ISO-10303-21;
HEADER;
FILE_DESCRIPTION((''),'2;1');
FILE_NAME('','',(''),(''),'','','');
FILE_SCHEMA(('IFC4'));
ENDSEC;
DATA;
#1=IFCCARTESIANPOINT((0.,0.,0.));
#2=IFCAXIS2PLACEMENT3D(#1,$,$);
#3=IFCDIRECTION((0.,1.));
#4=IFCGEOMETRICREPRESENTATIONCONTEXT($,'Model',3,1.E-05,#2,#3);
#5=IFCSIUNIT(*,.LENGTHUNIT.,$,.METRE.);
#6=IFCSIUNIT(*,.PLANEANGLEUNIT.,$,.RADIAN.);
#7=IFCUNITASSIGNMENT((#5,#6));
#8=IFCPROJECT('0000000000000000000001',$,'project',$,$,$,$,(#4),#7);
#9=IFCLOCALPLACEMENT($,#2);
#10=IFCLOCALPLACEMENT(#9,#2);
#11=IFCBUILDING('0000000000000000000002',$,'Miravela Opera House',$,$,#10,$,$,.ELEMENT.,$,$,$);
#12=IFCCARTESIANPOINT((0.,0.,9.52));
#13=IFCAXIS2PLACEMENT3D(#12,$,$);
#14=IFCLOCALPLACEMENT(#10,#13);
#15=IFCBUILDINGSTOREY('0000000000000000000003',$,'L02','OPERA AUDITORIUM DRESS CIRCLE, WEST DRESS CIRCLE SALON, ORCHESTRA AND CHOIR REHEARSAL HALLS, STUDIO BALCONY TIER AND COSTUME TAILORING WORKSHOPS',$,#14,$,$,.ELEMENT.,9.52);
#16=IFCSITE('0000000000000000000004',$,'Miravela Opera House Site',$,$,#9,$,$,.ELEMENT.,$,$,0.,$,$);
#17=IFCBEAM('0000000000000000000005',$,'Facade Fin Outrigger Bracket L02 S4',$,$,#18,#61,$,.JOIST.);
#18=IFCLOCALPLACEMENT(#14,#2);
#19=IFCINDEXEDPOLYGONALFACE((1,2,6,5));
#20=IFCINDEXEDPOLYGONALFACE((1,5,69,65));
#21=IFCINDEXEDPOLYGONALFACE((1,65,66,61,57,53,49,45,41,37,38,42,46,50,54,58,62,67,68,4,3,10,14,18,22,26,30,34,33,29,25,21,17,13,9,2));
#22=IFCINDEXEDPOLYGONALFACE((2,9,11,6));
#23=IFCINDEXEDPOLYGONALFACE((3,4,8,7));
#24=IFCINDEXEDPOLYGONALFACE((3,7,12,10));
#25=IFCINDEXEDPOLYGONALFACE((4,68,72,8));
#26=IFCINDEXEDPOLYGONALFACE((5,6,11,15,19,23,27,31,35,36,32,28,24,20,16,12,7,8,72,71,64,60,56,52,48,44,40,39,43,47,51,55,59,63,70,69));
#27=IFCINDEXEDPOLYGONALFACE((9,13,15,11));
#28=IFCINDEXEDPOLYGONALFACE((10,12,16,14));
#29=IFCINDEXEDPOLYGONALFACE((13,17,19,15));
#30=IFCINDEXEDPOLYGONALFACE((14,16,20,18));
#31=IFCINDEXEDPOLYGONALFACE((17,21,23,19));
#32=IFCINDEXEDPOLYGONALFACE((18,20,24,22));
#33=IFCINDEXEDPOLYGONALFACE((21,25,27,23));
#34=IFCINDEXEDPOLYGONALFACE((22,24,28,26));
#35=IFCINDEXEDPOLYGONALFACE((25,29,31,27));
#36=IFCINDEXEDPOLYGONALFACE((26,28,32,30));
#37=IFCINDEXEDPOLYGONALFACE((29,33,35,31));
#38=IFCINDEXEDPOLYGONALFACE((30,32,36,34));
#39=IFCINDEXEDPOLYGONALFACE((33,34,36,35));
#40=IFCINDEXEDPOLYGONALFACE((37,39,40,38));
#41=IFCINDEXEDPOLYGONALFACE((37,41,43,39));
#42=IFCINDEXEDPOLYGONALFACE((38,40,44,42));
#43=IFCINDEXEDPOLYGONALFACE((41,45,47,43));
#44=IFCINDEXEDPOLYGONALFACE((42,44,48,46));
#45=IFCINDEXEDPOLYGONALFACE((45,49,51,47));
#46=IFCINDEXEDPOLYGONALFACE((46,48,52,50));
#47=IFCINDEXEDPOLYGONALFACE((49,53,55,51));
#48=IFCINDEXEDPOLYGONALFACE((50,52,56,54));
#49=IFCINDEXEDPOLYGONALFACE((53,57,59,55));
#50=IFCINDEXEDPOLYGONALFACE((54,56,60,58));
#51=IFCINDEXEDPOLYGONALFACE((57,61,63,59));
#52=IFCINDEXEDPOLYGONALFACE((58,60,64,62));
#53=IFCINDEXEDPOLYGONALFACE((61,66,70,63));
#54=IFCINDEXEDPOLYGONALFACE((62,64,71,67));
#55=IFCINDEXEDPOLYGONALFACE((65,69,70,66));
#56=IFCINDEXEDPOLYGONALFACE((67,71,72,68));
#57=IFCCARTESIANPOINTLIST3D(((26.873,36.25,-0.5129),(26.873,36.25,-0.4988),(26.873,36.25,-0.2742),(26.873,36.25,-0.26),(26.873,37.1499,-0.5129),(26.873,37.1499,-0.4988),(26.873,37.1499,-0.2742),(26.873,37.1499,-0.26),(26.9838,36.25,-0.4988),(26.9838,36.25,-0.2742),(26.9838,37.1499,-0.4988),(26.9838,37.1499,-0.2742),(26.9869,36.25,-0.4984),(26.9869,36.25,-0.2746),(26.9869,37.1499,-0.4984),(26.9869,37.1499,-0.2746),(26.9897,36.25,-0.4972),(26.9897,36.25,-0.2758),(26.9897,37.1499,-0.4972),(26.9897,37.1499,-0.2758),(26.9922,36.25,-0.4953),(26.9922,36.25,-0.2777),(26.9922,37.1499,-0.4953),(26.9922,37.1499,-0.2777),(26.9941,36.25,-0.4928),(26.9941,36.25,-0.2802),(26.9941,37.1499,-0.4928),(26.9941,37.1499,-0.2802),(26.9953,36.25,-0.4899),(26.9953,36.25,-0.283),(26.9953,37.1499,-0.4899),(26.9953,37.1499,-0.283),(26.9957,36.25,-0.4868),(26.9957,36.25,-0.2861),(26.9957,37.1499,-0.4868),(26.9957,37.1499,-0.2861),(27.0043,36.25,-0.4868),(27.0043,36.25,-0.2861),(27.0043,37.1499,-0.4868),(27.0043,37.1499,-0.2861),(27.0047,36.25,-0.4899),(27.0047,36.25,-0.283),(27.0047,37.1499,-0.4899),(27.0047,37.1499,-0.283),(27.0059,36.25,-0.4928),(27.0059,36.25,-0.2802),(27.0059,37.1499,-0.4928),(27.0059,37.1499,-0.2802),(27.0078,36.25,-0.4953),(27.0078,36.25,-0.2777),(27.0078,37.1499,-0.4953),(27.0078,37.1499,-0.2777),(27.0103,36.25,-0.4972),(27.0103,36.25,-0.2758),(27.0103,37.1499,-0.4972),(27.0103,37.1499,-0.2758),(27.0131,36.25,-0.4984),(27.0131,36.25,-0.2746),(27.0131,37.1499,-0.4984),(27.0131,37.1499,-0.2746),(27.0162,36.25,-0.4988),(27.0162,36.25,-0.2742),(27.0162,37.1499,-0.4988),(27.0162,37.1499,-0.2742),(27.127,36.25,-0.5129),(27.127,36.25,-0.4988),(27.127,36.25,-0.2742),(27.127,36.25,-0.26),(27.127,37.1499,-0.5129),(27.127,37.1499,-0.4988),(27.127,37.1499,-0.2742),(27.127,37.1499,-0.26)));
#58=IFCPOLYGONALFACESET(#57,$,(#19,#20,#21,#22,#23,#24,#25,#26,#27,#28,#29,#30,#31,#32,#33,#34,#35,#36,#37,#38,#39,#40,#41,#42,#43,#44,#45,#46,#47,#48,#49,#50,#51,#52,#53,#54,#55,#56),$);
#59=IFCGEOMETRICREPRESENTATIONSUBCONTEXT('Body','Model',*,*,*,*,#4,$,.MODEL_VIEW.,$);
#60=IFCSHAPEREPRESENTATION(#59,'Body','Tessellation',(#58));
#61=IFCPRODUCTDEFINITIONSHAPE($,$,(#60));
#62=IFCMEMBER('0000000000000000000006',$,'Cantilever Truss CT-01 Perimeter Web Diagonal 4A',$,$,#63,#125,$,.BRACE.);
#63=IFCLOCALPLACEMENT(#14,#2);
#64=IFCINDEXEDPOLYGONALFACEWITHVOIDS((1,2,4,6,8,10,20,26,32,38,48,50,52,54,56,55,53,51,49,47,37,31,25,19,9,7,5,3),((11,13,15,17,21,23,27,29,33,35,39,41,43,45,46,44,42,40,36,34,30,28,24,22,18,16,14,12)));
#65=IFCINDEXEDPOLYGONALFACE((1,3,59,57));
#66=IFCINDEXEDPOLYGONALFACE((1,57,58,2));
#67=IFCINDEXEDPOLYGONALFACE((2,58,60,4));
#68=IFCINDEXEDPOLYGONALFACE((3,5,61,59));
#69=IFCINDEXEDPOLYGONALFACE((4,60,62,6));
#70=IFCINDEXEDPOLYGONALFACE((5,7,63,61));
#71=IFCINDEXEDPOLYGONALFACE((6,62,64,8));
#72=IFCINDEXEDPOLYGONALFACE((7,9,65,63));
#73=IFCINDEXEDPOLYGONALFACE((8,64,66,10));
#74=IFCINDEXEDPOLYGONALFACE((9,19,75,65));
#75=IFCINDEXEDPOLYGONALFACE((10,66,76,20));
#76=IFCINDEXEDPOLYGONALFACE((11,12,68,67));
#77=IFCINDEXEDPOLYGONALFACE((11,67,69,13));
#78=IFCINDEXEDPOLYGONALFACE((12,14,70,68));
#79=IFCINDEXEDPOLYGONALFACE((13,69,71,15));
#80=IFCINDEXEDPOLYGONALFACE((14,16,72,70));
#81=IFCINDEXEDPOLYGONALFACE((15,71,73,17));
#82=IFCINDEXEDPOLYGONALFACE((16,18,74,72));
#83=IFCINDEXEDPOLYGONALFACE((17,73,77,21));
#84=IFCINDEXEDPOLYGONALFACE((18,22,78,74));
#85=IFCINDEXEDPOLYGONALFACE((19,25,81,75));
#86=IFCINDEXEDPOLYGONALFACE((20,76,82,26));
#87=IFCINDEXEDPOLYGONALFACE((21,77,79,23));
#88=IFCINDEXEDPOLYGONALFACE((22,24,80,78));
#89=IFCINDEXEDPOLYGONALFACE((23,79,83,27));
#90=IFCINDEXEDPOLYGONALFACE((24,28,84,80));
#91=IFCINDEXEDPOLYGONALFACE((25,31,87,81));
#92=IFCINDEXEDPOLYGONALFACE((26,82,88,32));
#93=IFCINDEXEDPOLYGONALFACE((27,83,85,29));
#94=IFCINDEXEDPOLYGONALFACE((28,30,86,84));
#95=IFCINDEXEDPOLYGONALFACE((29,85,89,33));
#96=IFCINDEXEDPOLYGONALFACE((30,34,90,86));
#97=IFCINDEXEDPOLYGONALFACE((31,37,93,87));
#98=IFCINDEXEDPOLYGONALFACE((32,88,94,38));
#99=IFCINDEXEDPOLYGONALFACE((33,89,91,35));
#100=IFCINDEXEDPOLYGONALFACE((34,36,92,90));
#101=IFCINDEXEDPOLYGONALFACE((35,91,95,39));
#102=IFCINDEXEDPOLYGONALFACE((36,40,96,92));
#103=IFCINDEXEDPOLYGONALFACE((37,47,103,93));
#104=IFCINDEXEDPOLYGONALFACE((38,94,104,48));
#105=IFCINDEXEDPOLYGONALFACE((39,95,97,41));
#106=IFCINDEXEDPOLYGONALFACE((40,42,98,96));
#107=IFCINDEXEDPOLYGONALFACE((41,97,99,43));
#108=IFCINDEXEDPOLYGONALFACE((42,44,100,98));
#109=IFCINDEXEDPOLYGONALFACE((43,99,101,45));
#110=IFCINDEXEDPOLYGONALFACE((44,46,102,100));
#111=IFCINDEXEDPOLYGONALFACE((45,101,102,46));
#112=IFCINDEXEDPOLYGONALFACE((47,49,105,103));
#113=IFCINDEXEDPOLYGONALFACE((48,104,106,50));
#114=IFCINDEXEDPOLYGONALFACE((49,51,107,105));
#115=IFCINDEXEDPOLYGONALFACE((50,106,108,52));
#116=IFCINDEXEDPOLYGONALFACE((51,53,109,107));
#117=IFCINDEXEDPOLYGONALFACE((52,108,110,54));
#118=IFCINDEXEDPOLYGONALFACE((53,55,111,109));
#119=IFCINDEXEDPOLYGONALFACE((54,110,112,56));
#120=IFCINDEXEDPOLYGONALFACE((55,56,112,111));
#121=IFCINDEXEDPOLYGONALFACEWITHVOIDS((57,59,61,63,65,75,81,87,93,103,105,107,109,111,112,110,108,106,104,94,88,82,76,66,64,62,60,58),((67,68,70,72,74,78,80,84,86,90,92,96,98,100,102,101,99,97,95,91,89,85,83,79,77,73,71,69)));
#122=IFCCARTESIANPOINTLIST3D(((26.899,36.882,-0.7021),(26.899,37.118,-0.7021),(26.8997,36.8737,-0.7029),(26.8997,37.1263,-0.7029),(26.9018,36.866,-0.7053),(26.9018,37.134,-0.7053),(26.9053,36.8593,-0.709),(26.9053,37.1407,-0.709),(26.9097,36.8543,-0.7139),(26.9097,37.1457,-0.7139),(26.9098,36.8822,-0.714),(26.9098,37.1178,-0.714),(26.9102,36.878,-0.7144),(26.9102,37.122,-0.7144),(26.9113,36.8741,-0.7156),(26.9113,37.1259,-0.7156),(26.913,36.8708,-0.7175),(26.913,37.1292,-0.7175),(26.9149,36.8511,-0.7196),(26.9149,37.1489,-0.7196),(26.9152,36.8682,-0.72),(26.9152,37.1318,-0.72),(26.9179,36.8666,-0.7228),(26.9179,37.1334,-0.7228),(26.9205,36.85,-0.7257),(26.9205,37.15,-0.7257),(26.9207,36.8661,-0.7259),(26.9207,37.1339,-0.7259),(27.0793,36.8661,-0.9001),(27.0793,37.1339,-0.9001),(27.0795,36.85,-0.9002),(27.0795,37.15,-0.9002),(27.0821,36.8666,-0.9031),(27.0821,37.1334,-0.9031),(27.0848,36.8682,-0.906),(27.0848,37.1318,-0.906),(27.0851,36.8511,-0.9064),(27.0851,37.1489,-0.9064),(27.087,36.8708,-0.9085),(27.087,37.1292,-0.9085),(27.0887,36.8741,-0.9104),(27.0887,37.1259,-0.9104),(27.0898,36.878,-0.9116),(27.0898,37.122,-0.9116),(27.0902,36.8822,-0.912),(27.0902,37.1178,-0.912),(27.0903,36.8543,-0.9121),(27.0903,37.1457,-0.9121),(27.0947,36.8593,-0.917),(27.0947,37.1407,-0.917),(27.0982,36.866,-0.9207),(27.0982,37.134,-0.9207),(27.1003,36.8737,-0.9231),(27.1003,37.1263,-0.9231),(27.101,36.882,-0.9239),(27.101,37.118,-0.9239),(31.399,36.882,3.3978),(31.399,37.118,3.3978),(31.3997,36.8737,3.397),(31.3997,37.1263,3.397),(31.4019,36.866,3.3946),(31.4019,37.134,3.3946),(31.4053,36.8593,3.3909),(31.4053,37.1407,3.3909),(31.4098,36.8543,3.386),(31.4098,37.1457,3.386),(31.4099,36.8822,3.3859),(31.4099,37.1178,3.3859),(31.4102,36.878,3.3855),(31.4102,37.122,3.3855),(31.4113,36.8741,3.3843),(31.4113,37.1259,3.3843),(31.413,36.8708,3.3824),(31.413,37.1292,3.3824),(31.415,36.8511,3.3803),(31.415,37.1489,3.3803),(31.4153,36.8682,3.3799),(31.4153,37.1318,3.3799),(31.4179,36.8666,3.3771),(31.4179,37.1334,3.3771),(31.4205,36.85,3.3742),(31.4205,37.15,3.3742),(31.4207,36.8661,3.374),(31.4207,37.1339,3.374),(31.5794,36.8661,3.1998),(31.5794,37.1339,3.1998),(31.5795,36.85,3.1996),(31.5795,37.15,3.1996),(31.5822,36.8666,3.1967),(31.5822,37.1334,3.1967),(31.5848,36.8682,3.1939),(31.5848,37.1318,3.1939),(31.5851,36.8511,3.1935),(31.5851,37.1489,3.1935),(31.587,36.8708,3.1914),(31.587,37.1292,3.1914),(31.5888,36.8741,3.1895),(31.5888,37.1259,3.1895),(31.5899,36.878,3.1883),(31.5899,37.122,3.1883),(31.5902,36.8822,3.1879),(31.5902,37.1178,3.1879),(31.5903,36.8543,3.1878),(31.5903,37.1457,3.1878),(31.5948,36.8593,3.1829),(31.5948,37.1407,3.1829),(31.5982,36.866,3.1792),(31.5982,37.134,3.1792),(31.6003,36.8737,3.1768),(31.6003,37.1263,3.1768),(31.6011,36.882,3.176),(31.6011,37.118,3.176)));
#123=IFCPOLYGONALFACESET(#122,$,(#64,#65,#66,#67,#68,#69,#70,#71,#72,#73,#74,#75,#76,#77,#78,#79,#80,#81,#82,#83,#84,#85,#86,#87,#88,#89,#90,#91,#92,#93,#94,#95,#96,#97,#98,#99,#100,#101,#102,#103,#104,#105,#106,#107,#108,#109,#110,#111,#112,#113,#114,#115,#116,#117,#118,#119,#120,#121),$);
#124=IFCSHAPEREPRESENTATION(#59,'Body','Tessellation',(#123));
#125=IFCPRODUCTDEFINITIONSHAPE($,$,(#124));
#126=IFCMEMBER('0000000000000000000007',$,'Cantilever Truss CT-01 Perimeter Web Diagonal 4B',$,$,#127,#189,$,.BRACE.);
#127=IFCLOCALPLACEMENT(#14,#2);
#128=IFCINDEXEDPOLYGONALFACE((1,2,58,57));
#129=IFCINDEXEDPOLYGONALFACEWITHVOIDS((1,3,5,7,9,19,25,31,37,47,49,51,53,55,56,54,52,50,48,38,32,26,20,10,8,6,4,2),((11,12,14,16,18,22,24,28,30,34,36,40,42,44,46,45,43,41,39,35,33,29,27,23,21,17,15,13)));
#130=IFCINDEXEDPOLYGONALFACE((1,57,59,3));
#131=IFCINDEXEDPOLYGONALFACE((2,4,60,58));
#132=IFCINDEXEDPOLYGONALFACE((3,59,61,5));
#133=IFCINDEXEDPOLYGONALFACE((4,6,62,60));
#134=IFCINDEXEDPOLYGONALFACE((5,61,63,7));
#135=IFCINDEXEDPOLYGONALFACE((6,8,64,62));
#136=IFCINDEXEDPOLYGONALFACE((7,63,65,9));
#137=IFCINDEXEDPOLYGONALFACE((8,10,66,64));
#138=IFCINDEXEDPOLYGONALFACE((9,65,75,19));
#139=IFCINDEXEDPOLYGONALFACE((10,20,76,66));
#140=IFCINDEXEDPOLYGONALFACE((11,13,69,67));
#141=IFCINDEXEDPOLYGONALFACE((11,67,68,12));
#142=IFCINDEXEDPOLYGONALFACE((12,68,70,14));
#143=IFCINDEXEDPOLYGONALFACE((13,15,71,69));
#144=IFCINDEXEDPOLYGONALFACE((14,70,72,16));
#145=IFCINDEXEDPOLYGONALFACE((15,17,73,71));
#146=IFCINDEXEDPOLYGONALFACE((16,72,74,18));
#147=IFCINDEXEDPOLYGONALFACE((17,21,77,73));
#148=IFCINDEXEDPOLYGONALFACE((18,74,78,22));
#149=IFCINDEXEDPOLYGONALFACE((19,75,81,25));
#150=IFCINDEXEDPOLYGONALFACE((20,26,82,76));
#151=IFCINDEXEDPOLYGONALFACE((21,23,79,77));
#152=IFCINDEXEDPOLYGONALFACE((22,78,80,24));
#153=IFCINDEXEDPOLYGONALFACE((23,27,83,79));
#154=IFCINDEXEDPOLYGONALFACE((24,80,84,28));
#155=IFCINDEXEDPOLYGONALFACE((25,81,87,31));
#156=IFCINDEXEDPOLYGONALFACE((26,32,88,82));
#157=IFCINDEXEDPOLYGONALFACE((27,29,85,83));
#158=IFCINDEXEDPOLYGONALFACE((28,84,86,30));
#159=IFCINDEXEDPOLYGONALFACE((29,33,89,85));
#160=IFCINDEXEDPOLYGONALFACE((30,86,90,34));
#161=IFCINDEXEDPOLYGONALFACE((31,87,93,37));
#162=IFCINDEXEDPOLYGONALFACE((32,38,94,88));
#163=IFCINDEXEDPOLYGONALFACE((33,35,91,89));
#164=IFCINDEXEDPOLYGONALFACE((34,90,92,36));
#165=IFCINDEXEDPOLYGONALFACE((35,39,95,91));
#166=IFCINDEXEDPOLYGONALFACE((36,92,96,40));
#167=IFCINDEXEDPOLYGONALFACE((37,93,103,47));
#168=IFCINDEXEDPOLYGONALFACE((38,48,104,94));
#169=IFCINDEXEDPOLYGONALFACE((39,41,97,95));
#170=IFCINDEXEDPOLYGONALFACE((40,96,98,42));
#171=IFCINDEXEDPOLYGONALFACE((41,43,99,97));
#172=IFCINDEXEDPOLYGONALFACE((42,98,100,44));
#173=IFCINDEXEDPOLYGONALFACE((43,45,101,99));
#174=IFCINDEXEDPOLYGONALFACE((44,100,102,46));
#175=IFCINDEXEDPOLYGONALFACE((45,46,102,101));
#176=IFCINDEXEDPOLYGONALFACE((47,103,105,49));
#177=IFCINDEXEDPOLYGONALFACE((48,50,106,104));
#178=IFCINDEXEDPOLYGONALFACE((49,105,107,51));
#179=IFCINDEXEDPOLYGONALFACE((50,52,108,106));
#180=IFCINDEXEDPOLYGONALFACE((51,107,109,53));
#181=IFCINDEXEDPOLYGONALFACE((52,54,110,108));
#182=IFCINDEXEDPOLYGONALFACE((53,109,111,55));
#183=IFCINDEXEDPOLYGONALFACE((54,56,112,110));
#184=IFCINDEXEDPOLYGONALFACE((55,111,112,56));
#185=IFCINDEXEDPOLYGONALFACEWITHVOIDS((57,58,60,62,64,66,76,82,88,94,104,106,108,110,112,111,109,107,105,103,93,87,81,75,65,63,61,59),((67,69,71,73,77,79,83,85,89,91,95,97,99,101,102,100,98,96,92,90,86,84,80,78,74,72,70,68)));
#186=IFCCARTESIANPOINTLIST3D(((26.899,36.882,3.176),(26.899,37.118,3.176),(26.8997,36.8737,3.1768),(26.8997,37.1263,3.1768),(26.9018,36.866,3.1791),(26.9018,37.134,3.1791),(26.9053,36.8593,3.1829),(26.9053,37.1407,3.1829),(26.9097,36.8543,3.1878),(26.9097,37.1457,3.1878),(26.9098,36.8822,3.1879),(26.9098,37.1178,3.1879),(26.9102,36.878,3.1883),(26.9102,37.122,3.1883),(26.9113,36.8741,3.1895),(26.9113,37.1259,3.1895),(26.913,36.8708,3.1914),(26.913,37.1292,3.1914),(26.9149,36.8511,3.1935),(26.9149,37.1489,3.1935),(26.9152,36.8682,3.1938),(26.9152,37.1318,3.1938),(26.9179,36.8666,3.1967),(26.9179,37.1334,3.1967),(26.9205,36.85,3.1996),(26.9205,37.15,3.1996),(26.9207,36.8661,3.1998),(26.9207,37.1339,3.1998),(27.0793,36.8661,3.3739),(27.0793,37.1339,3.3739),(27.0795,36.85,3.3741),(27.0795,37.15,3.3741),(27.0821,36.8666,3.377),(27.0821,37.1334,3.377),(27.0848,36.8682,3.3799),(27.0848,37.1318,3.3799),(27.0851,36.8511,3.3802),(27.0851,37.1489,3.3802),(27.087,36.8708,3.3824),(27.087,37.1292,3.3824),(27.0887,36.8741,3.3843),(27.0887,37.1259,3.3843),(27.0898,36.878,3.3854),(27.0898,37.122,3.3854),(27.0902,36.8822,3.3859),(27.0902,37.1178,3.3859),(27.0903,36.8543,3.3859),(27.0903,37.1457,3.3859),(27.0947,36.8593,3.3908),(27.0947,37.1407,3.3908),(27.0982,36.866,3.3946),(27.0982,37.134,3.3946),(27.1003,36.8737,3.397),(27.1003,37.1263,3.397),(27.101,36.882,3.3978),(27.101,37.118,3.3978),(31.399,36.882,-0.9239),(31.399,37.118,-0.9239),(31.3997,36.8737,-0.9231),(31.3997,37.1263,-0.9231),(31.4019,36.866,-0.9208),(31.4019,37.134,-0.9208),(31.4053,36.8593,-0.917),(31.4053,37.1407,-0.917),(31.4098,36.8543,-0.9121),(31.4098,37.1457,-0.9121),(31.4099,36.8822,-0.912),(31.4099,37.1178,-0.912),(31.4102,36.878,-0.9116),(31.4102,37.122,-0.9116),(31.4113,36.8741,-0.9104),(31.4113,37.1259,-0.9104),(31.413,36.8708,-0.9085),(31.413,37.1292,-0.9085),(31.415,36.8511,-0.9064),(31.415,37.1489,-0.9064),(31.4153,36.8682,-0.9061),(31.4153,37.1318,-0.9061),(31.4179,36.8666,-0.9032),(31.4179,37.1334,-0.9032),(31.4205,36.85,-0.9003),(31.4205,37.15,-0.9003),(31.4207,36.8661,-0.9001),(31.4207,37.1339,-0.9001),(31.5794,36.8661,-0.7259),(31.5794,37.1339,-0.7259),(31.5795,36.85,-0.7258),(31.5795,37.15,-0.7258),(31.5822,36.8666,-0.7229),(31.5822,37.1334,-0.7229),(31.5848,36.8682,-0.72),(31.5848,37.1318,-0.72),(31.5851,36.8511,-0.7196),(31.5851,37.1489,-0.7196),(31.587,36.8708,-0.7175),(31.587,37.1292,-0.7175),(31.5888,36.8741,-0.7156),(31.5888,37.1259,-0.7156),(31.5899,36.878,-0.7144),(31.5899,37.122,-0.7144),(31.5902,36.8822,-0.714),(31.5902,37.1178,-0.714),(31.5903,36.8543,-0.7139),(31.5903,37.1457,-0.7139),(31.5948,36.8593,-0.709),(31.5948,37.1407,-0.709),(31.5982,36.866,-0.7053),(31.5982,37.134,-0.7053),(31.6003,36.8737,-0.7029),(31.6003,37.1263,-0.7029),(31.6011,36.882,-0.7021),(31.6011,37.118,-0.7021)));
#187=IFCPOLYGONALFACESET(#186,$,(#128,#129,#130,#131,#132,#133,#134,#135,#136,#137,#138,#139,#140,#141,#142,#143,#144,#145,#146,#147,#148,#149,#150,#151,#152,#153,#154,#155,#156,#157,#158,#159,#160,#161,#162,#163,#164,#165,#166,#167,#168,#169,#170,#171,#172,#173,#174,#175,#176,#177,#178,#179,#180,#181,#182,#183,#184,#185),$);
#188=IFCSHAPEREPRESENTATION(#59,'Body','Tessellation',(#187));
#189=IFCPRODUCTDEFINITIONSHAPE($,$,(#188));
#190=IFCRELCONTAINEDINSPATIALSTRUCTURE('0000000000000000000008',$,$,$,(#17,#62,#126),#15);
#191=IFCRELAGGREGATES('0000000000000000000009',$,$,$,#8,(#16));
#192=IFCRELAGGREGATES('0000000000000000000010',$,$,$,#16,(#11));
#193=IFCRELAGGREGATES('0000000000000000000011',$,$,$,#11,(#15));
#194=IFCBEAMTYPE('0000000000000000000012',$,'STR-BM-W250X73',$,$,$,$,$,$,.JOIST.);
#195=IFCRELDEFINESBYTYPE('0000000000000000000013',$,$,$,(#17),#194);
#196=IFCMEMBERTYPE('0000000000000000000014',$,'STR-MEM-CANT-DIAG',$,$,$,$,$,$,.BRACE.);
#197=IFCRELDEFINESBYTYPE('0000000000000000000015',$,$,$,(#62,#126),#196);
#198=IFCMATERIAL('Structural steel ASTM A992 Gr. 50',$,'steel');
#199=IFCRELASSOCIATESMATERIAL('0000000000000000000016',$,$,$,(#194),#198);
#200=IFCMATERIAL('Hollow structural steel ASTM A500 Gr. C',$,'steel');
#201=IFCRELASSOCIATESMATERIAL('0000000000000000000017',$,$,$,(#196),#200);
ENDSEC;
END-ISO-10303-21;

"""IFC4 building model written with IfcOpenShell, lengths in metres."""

from ifc_helpers import new_model, si_unit, direction, frame, origin, origin_2d, place, context, subcontext, project, spatial, hollow_rectangle, i_section, extrude, material, material_profile, profile_set, type_object, element, save


model = new_model("IFC4")

# Units and contexts
model_context = context("Model", 3, precision=1e-05, world=origin(), true_north=direction((0.0, 1.0)))
body_context = subcontext(model_context, "Body", "Model", "MODEL_VIEW")
ifc_project = project(units=[si_unit("LENGTHUNIT", "METRE"), si_unit("PLANEANGLEUNIT", "RADIAN")], contexts=[model_context])

# Site, building, storey
site_placement = place(None, origin())
site = spatial("IfcSite", under=ifc_project, at=site_placement, Name="Miravela Opera House Site", CompositionType="ELEMENT", RefElevation=0.0)
building_placement = place(site_placement, origin())
building = spatial("IfcBuilding", under=site, at=building_placement, Name="Miravela Opera House", CompositionType="ELEMENT")
storey_placement = place(building_placement, frame((0.0, 0.0, 9.52)))
storey = spatial("IfcBuildingStorey", under=building, at=storey_placement, Name="L02", Description="OPERA AUDITORIUM DRESS CIRCLE, WEST DRESS CIRCLE SALON, ORCHESTRA AND CHOIR REHEARSAL HALLS, STUDIO BALCONY TIER AND COSTUME TAILORING WORKSHOPS", CompositionType="ELEMENT", Elevation=9.52)

# Beam
ifc_material_1 = material(Name="Structural steel ASTM A992 Gr. 50", Category="steel")
ifc_material_profile_1 = material_profile(ifc_material_1, i_section(OverallWidth=0.2539, OverallDepth=0.2529, WebThickness=0.0085, FlangeThickness=0.0142, FilletRadius=0.012, at=origin_2d()), Name="W250X73")
ifc_profile_set_1 = profile_set([ifc_material_profile_1])
beam_type_1 = type_object("IfcBeamType", Name="STR-BM-W250X73", PredefinedType="JOIST", material=ifc_profile_set_1)
beam_1_placement = place(storey_placement, frame((27.0, 37.1499, -0.3865), z_axis=(0.0, -1.0, 0.0), x_axis=(1.0, 0.0, 0.0)))
element("IfcBeam", 1, at=beam_1_placement, inside=storey, type_object=beam_type_1, Name="Facade Fin Outrigger Bracket L02 S4", PredefinedType="JOIST", context=body_context, shape_type="SweptSolid", body=[
    extrude(i_section(OverallWidth=0.2539, OverallDepth=0.2529, WebThickness=0.0085, FlangeThickness=0.0142, FilletRadius=0.012, at=origin_2d()), origin(), (0.0, 0.0, 1.0), 0.8999),
])

# Members
ifc_material_2 = material(Name="Hollow structural steel ASTM A500 Gr. C", Category="steel")
ifc_material_profile_2 = material_profile(ifc_material_2, hollow_rectangle(XDim=0.3, YDim=0.3, WallThickness=0.0161, InnerFilletRadius=0.0161, OuterFilletRadius=0.032, at=origin_2d()), Name="HSS300X300X16")
ifc_profile_set_2 = profile_set([ifc_material_profile_2])
member_type_1 = type_object("IfcMemberType", Name="STR-MEM-CANT-DIAG", PredefinedType="BRACE", material=ifc_profile_set_2)
for number, where, z_axis, x_axis, name in (
    (2, (27.0, 37.0, -0.813), (0.739208, 0.0, 0.673477), (0.0, 1.0, 0.0), "Cantilever Truss CT-01 Perimeter Web Diagonal 4A"),
    (3, (27.0, 37.0, 3.2869), (0.739208, 0.0, -0.673477), (0.0, 1.0, 0.0), "Cantilever Truss CT-01 Perimeter Web Diagonal 4B"),
):
    element("IfcMember", number, at=place(storey_placement, frame(where, z_axis=z_axis, x_axis=x_axis)), inside=storey, type_object=member_type_1, Name=name, PredefinedType="BRACE", context=body_context, shape_type="SweptSolid", body=[
        extrude(hollow_rectangle(XDim=0.3, YDim=0.3, WallThickness=0.0161, InnerFilletRadius=0.0161, OuterFilletRadius=0.032, at=origin_2d()), origin(), (0.0, 0.0, 1.0), 6.0876),
    ])

save(model, "model.ifc")
